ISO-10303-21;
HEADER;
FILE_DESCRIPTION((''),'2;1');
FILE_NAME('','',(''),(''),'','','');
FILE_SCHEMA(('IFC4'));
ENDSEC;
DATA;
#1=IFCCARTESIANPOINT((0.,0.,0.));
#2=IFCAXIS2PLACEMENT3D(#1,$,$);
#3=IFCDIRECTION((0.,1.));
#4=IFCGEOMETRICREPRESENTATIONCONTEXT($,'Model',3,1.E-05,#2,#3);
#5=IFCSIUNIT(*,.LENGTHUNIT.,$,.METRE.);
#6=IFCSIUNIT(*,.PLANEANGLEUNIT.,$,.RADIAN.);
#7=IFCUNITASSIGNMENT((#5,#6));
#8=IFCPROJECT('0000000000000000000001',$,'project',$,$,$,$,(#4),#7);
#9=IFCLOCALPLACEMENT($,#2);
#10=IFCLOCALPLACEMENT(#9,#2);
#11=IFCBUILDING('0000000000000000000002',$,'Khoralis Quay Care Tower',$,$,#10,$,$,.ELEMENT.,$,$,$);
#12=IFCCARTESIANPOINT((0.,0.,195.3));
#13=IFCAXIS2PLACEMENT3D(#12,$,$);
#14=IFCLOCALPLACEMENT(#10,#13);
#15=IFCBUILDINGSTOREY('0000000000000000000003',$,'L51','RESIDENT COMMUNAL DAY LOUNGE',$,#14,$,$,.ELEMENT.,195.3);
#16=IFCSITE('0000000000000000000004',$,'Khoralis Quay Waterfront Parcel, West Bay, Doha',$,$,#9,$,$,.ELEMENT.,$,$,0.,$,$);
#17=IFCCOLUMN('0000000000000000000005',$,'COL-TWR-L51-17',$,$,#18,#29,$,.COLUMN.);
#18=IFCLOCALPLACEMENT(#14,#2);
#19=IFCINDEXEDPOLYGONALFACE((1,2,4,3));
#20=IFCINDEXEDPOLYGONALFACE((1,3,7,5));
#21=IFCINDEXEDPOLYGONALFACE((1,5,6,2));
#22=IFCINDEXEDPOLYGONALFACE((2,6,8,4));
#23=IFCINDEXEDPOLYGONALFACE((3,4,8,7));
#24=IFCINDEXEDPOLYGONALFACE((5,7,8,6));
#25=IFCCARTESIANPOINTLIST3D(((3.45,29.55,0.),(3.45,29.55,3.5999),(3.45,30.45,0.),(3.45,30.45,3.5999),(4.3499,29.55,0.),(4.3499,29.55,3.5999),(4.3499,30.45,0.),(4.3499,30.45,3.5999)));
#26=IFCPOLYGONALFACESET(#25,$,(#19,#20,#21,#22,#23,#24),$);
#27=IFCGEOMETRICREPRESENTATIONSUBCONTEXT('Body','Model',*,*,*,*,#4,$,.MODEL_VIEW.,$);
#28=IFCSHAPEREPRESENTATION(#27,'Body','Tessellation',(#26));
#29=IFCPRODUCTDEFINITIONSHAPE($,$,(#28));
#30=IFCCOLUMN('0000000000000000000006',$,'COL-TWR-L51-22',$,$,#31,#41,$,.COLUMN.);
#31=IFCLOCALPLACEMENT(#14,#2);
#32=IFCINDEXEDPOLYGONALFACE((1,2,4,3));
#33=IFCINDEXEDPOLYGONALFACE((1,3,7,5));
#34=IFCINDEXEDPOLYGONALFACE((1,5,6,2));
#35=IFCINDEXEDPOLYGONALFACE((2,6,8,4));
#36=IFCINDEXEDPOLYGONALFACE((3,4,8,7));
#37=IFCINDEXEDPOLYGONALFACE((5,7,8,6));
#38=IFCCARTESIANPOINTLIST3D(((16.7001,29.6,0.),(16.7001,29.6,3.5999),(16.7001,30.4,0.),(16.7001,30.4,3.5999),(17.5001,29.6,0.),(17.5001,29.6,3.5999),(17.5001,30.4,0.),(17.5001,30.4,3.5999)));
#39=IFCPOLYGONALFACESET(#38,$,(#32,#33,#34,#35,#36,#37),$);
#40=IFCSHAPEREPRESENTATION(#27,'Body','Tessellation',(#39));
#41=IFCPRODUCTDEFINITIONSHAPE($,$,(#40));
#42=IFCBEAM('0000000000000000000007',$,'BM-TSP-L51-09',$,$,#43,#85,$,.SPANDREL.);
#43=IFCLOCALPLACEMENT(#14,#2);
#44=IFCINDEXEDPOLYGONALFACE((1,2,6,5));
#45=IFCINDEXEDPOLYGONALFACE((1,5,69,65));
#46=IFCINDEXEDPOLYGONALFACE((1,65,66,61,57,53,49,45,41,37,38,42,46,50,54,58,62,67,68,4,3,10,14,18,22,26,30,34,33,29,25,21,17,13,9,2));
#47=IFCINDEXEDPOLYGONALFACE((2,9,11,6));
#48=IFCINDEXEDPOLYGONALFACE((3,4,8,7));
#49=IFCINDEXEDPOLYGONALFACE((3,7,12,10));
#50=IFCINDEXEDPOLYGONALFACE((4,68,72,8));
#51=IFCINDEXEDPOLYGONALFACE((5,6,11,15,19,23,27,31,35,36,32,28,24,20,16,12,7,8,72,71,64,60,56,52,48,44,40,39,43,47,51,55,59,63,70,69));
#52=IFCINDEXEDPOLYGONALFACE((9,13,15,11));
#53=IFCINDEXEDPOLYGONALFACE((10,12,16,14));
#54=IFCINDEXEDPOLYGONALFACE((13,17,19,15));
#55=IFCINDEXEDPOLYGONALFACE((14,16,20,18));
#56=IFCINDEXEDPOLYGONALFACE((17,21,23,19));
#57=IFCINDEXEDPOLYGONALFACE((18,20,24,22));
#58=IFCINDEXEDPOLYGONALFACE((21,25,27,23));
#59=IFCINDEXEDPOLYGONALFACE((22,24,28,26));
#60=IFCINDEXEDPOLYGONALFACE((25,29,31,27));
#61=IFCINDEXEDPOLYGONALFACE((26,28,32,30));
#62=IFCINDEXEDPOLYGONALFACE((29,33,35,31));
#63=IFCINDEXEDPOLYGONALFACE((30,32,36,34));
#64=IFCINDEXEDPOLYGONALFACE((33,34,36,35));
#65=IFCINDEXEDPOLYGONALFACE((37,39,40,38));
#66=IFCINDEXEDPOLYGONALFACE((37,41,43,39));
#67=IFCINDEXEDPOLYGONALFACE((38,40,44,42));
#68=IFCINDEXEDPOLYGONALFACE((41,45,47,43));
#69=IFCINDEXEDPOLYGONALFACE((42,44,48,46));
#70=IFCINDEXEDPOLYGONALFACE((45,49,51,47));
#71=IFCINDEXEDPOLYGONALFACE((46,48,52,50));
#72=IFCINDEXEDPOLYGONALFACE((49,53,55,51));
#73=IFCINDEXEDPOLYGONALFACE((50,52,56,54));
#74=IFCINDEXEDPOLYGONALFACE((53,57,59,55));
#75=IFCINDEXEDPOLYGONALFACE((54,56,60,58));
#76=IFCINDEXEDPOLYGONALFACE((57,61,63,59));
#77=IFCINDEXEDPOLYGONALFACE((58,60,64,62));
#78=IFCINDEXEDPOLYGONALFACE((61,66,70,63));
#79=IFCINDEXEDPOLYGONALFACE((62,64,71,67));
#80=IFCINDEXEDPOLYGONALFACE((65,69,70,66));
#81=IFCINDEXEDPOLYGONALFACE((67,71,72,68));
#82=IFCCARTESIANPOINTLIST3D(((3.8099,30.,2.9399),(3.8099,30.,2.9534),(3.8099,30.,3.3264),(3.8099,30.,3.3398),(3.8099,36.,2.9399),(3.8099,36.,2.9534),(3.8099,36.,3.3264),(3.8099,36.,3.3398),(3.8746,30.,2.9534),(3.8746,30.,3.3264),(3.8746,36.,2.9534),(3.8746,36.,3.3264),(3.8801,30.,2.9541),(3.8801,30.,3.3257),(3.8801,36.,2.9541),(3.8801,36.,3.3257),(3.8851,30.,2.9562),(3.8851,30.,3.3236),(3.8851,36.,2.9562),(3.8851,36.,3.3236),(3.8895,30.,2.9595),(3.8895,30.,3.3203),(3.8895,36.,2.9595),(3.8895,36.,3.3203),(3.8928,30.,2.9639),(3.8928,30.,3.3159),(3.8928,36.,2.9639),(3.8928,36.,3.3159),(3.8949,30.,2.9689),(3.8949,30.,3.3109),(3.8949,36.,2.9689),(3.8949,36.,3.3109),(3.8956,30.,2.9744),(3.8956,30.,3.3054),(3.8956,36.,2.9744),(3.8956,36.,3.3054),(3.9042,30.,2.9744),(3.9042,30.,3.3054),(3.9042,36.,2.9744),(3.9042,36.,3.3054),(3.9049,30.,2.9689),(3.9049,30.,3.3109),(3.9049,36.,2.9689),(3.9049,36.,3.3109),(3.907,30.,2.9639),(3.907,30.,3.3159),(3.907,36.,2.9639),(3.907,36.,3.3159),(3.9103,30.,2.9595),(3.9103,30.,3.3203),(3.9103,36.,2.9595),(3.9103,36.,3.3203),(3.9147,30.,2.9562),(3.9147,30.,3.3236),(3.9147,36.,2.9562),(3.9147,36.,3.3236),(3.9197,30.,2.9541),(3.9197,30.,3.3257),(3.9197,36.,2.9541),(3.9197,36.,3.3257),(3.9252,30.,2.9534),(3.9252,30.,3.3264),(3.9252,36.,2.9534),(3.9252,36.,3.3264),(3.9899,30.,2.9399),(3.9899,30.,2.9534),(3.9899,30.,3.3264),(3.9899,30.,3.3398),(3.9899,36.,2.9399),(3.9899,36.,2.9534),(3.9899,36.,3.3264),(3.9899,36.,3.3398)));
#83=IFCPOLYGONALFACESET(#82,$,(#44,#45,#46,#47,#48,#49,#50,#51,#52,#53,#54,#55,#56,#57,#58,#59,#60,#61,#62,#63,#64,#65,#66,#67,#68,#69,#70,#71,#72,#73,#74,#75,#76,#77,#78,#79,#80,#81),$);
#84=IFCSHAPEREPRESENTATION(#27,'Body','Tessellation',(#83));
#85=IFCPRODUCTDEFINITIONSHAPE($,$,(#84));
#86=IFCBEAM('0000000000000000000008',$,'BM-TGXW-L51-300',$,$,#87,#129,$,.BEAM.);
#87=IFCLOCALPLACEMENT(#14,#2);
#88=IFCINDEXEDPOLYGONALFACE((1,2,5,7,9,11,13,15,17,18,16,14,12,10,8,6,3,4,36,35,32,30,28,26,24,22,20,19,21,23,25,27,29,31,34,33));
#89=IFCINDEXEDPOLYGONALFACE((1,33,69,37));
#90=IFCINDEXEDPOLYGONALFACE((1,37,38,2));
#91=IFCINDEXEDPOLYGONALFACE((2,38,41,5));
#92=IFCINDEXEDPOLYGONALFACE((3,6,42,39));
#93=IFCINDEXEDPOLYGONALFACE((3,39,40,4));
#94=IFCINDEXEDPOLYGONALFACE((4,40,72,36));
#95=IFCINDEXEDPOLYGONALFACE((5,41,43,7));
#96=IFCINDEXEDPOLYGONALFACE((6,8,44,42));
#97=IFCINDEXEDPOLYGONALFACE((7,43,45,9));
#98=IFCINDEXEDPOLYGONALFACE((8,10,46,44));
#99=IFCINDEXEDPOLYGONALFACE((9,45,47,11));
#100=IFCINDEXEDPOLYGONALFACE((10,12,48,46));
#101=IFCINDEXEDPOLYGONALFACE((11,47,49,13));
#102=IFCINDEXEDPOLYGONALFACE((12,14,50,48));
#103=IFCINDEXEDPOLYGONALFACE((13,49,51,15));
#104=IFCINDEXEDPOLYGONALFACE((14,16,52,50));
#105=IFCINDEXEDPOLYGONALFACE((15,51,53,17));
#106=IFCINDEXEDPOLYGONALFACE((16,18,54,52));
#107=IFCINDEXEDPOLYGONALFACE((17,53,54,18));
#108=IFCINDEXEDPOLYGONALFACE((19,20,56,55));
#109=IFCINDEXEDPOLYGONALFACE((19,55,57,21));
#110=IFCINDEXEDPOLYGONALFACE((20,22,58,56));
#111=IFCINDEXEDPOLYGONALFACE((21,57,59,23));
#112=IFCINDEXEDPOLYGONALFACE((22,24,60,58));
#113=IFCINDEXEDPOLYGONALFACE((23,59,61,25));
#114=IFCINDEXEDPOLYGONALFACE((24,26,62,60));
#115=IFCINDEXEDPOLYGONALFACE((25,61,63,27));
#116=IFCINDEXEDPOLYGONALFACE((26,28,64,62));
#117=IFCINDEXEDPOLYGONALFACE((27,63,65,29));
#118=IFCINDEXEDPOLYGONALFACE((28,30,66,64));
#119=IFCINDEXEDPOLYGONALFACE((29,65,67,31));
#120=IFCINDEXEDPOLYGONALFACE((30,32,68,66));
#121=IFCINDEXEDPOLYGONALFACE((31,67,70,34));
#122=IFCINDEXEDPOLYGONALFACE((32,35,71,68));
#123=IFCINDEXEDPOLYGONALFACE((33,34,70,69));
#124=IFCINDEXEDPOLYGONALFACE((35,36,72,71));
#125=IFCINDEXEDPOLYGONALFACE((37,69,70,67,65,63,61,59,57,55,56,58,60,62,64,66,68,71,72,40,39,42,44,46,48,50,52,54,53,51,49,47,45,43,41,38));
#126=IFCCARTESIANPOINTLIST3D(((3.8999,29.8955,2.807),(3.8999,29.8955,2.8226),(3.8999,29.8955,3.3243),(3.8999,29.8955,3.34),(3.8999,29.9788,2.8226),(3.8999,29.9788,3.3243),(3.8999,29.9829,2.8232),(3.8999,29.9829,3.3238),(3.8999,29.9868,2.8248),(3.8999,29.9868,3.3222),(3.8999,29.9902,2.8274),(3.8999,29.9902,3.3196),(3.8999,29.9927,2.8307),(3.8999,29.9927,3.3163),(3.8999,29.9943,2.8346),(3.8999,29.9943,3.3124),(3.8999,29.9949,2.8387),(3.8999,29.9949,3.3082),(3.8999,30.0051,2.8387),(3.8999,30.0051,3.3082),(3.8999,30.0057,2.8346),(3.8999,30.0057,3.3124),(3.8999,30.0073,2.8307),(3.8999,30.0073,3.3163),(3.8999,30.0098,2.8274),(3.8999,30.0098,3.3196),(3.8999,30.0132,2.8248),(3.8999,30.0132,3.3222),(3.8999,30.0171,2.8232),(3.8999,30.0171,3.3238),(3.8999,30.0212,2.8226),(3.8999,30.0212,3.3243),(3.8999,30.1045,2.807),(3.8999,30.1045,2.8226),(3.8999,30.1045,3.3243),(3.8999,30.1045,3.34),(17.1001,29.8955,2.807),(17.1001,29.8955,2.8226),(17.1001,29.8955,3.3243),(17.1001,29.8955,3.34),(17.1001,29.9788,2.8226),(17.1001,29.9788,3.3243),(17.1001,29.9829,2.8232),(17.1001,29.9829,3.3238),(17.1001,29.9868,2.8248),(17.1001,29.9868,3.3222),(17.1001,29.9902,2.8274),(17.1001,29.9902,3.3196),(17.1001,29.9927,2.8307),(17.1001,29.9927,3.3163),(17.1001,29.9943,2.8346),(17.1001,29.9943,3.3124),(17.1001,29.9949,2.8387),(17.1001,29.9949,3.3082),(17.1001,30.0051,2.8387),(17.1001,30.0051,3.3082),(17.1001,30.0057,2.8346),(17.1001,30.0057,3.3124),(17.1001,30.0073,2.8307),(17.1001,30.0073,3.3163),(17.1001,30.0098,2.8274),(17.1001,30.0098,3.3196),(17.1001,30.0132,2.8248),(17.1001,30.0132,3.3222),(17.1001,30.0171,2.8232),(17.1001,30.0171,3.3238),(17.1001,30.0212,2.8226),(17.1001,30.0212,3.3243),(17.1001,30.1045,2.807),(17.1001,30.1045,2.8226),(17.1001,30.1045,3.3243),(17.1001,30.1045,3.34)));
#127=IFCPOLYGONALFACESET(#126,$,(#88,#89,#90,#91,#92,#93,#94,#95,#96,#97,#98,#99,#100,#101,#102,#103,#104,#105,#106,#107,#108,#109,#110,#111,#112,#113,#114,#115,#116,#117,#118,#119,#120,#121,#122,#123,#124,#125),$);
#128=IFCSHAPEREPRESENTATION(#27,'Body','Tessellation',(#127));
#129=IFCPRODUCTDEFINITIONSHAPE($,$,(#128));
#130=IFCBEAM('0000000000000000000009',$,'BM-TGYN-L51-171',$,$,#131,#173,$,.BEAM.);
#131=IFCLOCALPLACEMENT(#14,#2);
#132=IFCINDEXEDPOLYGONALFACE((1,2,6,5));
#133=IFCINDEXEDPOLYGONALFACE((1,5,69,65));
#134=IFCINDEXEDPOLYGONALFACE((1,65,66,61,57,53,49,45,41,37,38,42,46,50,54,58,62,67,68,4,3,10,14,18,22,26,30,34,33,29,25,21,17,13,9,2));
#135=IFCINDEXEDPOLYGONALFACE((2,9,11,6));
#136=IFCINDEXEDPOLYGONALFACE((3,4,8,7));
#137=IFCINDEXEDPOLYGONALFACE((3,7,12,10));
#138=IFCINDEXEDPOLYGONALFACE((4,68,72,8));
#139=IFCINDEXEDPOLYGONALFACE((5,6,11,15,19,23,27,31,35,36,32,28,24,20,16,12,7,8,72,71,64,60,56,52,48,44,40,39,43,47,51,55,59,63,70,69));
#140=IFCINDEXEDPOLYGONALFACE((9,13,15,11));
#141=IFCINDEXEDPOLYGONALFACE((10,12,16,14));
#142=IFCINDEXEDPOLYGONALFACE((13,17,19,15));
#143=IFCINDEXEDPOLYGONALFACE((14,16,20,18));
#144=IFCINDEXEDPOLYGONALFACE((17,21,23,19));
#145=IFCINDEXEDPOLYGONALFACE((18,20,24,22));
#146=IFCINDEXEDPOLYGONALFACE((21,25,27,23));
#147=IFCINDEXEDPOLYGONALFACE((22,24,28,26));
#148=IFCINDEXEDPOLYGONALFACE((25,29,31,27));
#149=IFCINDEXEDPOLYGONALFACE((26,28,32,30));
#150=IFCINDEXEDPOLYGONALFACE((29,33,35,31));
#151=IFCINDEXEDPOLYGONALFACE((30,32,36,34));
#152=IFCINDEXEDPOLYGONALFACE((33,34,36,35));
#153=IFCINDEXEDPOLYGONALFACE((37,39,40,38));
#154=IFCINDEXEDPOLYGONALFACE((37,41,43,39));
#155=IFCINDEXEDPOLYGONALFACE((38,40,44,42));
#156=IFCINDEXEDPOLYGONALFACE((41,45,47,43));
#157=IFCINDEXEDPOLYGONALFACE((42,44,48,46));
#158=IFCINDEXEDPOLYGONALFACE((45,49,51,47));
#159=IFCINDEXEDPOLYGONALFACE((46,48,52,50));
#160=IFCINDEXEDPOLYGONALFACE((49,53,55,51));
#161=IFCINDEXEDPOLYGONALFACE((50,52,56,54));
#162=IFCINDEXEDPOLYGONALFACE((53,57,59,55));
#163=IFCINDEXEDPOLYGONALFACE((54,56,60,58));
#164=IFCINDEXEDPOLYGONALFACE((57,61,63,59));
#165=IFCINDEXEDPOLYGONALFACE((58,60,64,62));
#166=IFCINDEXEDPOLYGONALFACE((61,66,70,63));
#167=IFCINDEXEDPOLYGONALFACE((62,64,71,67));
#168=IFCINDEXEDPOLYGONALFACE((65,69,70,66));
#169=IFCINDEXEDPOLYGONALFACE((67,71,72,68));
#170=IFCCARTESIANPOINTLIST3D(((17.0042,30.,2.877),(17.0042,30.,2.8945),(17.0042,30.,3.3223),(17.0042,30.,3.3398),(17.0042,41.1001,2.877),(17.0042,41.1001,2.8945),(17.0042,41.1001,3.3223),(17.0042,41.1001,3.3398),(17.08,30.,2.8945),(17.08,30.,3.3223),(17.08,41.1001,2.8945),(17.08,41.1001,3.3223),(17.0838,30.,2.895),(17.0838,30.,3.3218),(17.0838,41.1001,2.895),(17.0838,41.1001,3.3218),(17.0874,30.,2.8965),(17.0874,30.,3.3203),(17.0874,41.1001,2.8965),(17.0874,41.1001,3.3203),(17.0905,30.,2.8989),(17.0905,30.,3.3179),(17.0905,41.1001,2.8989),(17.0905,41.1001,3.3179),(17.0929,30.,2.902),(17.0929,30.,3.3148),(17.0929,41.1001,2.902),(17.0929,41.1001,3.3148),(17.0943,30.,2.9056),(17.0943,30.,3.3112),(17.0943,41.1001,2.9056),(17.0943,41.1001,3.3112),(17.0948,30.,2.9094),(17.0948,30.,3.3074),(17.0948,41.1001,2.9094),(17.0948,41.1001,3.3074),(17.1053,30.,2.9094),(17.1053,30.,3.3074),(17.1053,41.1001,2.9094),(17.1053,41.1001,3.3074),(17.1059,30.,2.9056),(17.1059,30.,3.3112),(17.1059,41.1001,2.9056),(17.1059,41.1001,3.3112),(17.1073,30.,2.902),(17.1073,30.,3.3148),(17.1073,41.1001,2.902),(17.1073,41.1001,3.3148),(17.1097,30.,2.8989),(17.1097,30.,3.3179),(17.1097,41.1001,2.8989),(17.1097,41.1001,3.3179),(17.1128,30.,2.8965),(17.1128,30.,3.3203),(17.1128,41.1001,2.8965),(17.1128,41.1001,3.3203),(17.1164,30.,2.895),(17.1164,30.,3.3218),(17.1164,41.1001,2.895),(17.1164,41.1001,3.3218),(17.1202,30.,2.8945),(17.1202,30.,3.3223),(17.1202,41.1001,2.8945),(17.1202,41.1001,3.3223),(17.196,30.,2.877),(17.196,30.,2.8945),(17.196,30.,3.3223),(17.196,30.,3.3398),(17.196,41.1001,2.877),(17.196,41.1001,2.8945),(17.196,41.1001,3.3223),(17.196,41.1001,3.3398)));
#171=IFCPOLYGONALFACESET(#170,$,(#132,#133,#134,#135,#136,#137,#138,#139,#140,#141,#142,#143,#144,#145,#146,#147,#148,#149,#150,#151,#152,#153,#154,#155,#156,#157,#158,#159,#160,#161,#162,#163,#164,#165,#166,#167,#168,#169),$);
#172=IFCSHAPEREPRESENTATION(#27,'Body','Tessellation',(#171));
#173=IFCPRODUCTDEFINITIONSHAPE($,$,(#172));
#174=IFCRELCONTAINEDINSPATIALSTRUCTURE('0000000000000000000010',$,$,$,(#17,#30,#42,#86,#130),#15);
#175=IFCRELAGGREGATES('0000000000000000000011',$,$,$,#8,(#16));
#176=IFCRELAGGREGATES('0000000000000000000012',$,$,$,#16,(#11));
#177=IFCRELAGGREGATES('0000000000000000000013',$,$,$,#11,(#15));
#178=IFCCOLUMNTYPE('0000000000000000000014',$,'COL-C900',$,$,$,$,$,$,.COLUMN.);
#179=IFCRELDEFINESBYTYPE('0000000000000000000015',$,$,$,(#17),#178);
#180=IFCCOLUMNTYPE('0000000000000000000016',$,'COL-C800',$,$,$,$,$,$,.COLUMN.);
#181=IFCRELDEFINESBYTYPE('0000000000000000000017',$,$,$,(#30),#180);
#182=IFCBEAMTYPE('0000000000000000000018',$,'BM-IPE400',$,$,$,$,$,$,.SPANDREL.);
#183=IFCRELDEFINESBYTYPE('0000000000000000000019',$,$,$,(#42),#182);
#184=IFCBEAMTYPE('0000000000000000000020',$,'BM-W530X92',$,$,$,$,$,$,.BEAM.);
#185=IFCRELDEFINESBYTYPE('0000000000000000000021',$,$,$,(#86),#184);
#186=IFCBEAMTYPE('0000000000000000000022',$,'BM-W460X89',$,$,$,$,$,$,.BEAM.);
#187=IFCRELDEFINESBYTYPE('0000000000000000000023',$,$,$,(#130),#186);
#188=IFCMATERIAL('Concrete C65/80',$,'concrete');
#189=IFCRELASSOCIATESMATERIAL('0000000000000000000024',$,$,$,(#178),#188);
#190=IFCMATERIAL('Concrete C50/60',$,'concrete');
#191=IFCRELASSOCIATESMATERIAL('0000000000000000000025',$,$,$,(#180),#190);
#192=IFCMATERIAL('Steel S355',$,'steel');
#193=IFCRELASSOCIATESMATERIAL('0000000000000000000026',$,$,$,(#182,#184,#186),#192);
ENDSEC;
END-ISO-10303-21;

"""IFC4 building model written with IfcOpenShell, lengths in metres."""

from ifc_helpers import new_model, si_unit, direction, frame, origin, origin_2d, place, context, subcontext, project, spatial, rectangle, i_section, extrude, source, transform, mapped, material, material_profile, profile_set, type_object, element, save


model = new_model("IFC4")

# Units and contexts
model_context = context("Model", 3, precision=1e-05, world=origin(), true_north=direction((0.0, 1.0)))
body_context = subcontext(model_context, "Body", "Model", "MODEL_VIEW")
ifc_project = project(units=[si_unit("LENGTHUNIT", "METRE"), si_unit("PLANEANGLEUNIT", "RADIAN")], contexts=[model_context])

# Site, building, storey
site_placement = place(None, origin())
site = spatial("IfcSite", under=ifc_project, at=site_placement, Name="Khoralis Quay Waterfront Parcel, West Bay, Doha", CompositionType="ELEMENT", RefElevation=0.0)
building_placement = place(site_placement, origin())
building = spatial("IfcBuilding", under=site, at=building_placement, Name="Khoralis Quay Care Tower", CompositionType="ELEMENT")
storey_placement = place(building_placement, frame((0.0, 0.0, 195.3)))
storey = spatial("IfcBuildingStorey", under=building, at=storey_placement, Name="L51", Description="RESIDENT COMMUNAL DAY LOUNGE", CompositionType="ELEMENT", Elevation=195.3)

# Columns
ifc_material_1 = material(Name="Concrete C65/80", Category="concrete")
ifc_material_profile_1 = material_profile(ifc_material_1, rectangle(XDim=0.8999, YDim=0.8999, at=origin_2d()), Name="Concrete C65/80")
ifc_profile_set_1 = profile_set([ifc_material_profile_1], Name="Concrete C65/80")
column_type_1 = type_object("IfcColumnType", Name="COL-C900", PredefinedType="COLUMN", material=ifc_profile_set_1)
shared_shape_1 = source(origin(), body_context, "Body", "SweptSolid", [
    extrude(rectangle(XDim=0.8999, YDim=0.8999, at=origin_2d()), origin(), (0.0, 0.0, 1.0), 3.5999),
])
column_1_placement = place(storey_placement, frame((3.8999, 30.0, 0.0), z_axis=(0.0, 0.0, 1.0), x_axis=(1.0, 0.0, 0.0)))
element("IfcColumn", 1, at=column_1_placement, inside=storey, type_object=column_type_1, Name="COL-TWR-L51-17", PredefinedType="COLUMN", context=body_context, shape_type="MappedRepresentation", body=[
    mapped(shared_shape_1, transform((0.0, 0.0, 0.0), scale=1.0)),
])
ifc_material_2 = material(Name="Concrete C50/60", Category="concrete")
ifc_material_profile_2 = material_profile(ifc_material_2, rectangle(XDim=0.8, YDim=0.8, at=origin_2d()), Name="Concrete C50/60")
ifc_profile_set_2 = profile_set([ifc_material_profile_2], Name="Concrete C50/60")
column_type_2 = type_object("IfcColumnType", Name="COL-C800", PredefinedType="COLUMN", material=ifc_profile_set_2)
shared_shape_2 = source(origin(), body_context, "Body", "SweptSolid", [
    extrude(rectangle(XDim=0.8, YDim=0.8, at=origin_2d()), origin(), (0.0, 0.0, 1.0), 3.5999),
])
column_2_placement = place(storey_placement, frame((17.1001, 30.0, 0.0), z_axis=(0.0, 0.0, 1.0), x_axis=(1.0, 0.0, 0.0)))
element("IfcColumn", 2, at=column_2_placement, inside=storey, type_object=column_type_2, Name="COL-TWR-L51-22", PredefinedType="COLUMN", context=body_context, shape_type="MappedRepresentation", body=[
    mapped(shared_shape_2, transform((0.0, 0.0, 0.0), scale=1.0)),
])

# Beams
ifc_material_3 = material(Name="Steel S355", Category="steel")
ifc_material_profile_3 = material_profile(ifc_material_3, i_section(OverallWidth=0.1799, OverallDepth=0.3999, WebThickness=0.0085, FlangeThickness=0.0134, FilletRadius=0.021, at=origin_2d()), Name="Steel S355")
ifc_profile_set_3 = profile_set([ifc_material_profile_3], Name="Steel S355")
beam_type_1 = type_object("IfcBeamType", Name="BM-IPE400", PredefinedType="SPANDREL", material=ifc_profile_set_3)
shared_shape_3 = source(origin(), body_context, "Body", "SweptSolid", [
    extrude(i_section(OverallWidth=0.1799, OverallDepth=0.3999, WebThickness=0.0085, FlangeThickness=0.0134, FilletRadius=0.021, at=origin_2d()), origin(), (0.0, 0.0, 1.0), 6.0),
])
beam_1_placement = place(storey_placement, frame((3.8999, 30.0, 3.1399), z_axis=(0.0, 1.0, 0.0), x_axis=(-1.0, 0.0, 0.0)))
element("IfcBeam", 3, at=beam_1_placement, inside=storey, type_object=beam_type_1, Name="BM-TSP-L51-09", PredefinedType="SPANDREL", context=body_context, shape_type="MappedRepresentation", body=[
    mapped(shared_shape_3, transform((0.0, 0.0, 0.0), scale=1.0)),
])
ifc_material_profile_4 = material_profile(ifc_material_3, i_section(OverallWidth=0.209, OverallDepth=0.533, WebThickness=0.0103, FlangeThickness=0.0156, FilletRadius=0.0161, at=origin_2d()), Name="Steel S355")
ifc_profile_set_4 = profile_set([ifc_material_profile_4], Name="Steel S355")
beam_type_2 = type_object("IfcBeamType", Name="BM-W530X92", PredefinedType="BEAM", material=ifc_profile_set_4)
shared_shape_4 = source(origin(), body_context, "Body", "SweptSolid", [
    extrude(i_section(OverallWidth=0.209, OverallDepth=0.533, WebThickness=0.0103, FlangeThickness=0.0156, FilletRadius=0.0161, at=origin_2d()), origin(), (0.0, 0.0, 1.0), 13.2002),
])
beam_2_placement = place(storey_placement, frame((3.8999, 30.0, 3.0735), z_axis=(1.0, 0.0, 0.0), x_axis=(0.0, 1.0, 0.0)))
element("IfcBeam", 4, at=beam_2_placement, inside=storey, type_object=beam_type_2, Name="BM-TGXW-L51-300", PredefinedType="BEAM", context=body_context, shape_type="MappedRepresentation", body=[
    mapped(shared_shape_4, transform((0.0, 0.0, 0.0), scale=1.0)),
])
ifc_material_profile_5 = material_profile(ifc_material_3, i_section(OverallWidth=0.1919, OverallDepth=0.4629, WebThickness=0.0105, FlangeThickness=0.0176, FilletRadius=0.0149, at=origin_2d()), Name="Steel S355")
ifc_profile_set_5 = profile_set([ifc_material_profile_5], Name="Steel S355")
beam_type_3 = type_object("IfcBeamType", Name="BM-W460X89", PredefinedType="BEAM", material=ifc_profile_set_5)
shared_shape_5 = source(origin(), body_context, "Body", "SweptSolid", [
    extrude(i_section(OverallWidth=0.1919, OverallDepth=0.4629, WebThickness=0.0105, FlangeThickness=0.0176, FilletRadius=0.0149, at=origin_2d()), origin(), (0.0, 0.0, 1.0), 11.1001),
])
beam_3_placement = place(storey_placement, frame((17.1001, 30.0, 3.1084), z_axis=(0.0, 1.0, 0.0), x_axis=(-1.0, 0.0, 0.0)))
element("IfcBeam", 5, at=beam_3_placement, inside=storey, type_object=beam_type_3, Name="BM-TGYN-L51-171", PredefinedType="BEAM", context=body_context, shape_type="MappedRepresentation", body=[
    mapped(shared_shape_5, transform((0.0, 0.0, 0.0), scale=1.0)),
])

save(model, "model.ifc")
